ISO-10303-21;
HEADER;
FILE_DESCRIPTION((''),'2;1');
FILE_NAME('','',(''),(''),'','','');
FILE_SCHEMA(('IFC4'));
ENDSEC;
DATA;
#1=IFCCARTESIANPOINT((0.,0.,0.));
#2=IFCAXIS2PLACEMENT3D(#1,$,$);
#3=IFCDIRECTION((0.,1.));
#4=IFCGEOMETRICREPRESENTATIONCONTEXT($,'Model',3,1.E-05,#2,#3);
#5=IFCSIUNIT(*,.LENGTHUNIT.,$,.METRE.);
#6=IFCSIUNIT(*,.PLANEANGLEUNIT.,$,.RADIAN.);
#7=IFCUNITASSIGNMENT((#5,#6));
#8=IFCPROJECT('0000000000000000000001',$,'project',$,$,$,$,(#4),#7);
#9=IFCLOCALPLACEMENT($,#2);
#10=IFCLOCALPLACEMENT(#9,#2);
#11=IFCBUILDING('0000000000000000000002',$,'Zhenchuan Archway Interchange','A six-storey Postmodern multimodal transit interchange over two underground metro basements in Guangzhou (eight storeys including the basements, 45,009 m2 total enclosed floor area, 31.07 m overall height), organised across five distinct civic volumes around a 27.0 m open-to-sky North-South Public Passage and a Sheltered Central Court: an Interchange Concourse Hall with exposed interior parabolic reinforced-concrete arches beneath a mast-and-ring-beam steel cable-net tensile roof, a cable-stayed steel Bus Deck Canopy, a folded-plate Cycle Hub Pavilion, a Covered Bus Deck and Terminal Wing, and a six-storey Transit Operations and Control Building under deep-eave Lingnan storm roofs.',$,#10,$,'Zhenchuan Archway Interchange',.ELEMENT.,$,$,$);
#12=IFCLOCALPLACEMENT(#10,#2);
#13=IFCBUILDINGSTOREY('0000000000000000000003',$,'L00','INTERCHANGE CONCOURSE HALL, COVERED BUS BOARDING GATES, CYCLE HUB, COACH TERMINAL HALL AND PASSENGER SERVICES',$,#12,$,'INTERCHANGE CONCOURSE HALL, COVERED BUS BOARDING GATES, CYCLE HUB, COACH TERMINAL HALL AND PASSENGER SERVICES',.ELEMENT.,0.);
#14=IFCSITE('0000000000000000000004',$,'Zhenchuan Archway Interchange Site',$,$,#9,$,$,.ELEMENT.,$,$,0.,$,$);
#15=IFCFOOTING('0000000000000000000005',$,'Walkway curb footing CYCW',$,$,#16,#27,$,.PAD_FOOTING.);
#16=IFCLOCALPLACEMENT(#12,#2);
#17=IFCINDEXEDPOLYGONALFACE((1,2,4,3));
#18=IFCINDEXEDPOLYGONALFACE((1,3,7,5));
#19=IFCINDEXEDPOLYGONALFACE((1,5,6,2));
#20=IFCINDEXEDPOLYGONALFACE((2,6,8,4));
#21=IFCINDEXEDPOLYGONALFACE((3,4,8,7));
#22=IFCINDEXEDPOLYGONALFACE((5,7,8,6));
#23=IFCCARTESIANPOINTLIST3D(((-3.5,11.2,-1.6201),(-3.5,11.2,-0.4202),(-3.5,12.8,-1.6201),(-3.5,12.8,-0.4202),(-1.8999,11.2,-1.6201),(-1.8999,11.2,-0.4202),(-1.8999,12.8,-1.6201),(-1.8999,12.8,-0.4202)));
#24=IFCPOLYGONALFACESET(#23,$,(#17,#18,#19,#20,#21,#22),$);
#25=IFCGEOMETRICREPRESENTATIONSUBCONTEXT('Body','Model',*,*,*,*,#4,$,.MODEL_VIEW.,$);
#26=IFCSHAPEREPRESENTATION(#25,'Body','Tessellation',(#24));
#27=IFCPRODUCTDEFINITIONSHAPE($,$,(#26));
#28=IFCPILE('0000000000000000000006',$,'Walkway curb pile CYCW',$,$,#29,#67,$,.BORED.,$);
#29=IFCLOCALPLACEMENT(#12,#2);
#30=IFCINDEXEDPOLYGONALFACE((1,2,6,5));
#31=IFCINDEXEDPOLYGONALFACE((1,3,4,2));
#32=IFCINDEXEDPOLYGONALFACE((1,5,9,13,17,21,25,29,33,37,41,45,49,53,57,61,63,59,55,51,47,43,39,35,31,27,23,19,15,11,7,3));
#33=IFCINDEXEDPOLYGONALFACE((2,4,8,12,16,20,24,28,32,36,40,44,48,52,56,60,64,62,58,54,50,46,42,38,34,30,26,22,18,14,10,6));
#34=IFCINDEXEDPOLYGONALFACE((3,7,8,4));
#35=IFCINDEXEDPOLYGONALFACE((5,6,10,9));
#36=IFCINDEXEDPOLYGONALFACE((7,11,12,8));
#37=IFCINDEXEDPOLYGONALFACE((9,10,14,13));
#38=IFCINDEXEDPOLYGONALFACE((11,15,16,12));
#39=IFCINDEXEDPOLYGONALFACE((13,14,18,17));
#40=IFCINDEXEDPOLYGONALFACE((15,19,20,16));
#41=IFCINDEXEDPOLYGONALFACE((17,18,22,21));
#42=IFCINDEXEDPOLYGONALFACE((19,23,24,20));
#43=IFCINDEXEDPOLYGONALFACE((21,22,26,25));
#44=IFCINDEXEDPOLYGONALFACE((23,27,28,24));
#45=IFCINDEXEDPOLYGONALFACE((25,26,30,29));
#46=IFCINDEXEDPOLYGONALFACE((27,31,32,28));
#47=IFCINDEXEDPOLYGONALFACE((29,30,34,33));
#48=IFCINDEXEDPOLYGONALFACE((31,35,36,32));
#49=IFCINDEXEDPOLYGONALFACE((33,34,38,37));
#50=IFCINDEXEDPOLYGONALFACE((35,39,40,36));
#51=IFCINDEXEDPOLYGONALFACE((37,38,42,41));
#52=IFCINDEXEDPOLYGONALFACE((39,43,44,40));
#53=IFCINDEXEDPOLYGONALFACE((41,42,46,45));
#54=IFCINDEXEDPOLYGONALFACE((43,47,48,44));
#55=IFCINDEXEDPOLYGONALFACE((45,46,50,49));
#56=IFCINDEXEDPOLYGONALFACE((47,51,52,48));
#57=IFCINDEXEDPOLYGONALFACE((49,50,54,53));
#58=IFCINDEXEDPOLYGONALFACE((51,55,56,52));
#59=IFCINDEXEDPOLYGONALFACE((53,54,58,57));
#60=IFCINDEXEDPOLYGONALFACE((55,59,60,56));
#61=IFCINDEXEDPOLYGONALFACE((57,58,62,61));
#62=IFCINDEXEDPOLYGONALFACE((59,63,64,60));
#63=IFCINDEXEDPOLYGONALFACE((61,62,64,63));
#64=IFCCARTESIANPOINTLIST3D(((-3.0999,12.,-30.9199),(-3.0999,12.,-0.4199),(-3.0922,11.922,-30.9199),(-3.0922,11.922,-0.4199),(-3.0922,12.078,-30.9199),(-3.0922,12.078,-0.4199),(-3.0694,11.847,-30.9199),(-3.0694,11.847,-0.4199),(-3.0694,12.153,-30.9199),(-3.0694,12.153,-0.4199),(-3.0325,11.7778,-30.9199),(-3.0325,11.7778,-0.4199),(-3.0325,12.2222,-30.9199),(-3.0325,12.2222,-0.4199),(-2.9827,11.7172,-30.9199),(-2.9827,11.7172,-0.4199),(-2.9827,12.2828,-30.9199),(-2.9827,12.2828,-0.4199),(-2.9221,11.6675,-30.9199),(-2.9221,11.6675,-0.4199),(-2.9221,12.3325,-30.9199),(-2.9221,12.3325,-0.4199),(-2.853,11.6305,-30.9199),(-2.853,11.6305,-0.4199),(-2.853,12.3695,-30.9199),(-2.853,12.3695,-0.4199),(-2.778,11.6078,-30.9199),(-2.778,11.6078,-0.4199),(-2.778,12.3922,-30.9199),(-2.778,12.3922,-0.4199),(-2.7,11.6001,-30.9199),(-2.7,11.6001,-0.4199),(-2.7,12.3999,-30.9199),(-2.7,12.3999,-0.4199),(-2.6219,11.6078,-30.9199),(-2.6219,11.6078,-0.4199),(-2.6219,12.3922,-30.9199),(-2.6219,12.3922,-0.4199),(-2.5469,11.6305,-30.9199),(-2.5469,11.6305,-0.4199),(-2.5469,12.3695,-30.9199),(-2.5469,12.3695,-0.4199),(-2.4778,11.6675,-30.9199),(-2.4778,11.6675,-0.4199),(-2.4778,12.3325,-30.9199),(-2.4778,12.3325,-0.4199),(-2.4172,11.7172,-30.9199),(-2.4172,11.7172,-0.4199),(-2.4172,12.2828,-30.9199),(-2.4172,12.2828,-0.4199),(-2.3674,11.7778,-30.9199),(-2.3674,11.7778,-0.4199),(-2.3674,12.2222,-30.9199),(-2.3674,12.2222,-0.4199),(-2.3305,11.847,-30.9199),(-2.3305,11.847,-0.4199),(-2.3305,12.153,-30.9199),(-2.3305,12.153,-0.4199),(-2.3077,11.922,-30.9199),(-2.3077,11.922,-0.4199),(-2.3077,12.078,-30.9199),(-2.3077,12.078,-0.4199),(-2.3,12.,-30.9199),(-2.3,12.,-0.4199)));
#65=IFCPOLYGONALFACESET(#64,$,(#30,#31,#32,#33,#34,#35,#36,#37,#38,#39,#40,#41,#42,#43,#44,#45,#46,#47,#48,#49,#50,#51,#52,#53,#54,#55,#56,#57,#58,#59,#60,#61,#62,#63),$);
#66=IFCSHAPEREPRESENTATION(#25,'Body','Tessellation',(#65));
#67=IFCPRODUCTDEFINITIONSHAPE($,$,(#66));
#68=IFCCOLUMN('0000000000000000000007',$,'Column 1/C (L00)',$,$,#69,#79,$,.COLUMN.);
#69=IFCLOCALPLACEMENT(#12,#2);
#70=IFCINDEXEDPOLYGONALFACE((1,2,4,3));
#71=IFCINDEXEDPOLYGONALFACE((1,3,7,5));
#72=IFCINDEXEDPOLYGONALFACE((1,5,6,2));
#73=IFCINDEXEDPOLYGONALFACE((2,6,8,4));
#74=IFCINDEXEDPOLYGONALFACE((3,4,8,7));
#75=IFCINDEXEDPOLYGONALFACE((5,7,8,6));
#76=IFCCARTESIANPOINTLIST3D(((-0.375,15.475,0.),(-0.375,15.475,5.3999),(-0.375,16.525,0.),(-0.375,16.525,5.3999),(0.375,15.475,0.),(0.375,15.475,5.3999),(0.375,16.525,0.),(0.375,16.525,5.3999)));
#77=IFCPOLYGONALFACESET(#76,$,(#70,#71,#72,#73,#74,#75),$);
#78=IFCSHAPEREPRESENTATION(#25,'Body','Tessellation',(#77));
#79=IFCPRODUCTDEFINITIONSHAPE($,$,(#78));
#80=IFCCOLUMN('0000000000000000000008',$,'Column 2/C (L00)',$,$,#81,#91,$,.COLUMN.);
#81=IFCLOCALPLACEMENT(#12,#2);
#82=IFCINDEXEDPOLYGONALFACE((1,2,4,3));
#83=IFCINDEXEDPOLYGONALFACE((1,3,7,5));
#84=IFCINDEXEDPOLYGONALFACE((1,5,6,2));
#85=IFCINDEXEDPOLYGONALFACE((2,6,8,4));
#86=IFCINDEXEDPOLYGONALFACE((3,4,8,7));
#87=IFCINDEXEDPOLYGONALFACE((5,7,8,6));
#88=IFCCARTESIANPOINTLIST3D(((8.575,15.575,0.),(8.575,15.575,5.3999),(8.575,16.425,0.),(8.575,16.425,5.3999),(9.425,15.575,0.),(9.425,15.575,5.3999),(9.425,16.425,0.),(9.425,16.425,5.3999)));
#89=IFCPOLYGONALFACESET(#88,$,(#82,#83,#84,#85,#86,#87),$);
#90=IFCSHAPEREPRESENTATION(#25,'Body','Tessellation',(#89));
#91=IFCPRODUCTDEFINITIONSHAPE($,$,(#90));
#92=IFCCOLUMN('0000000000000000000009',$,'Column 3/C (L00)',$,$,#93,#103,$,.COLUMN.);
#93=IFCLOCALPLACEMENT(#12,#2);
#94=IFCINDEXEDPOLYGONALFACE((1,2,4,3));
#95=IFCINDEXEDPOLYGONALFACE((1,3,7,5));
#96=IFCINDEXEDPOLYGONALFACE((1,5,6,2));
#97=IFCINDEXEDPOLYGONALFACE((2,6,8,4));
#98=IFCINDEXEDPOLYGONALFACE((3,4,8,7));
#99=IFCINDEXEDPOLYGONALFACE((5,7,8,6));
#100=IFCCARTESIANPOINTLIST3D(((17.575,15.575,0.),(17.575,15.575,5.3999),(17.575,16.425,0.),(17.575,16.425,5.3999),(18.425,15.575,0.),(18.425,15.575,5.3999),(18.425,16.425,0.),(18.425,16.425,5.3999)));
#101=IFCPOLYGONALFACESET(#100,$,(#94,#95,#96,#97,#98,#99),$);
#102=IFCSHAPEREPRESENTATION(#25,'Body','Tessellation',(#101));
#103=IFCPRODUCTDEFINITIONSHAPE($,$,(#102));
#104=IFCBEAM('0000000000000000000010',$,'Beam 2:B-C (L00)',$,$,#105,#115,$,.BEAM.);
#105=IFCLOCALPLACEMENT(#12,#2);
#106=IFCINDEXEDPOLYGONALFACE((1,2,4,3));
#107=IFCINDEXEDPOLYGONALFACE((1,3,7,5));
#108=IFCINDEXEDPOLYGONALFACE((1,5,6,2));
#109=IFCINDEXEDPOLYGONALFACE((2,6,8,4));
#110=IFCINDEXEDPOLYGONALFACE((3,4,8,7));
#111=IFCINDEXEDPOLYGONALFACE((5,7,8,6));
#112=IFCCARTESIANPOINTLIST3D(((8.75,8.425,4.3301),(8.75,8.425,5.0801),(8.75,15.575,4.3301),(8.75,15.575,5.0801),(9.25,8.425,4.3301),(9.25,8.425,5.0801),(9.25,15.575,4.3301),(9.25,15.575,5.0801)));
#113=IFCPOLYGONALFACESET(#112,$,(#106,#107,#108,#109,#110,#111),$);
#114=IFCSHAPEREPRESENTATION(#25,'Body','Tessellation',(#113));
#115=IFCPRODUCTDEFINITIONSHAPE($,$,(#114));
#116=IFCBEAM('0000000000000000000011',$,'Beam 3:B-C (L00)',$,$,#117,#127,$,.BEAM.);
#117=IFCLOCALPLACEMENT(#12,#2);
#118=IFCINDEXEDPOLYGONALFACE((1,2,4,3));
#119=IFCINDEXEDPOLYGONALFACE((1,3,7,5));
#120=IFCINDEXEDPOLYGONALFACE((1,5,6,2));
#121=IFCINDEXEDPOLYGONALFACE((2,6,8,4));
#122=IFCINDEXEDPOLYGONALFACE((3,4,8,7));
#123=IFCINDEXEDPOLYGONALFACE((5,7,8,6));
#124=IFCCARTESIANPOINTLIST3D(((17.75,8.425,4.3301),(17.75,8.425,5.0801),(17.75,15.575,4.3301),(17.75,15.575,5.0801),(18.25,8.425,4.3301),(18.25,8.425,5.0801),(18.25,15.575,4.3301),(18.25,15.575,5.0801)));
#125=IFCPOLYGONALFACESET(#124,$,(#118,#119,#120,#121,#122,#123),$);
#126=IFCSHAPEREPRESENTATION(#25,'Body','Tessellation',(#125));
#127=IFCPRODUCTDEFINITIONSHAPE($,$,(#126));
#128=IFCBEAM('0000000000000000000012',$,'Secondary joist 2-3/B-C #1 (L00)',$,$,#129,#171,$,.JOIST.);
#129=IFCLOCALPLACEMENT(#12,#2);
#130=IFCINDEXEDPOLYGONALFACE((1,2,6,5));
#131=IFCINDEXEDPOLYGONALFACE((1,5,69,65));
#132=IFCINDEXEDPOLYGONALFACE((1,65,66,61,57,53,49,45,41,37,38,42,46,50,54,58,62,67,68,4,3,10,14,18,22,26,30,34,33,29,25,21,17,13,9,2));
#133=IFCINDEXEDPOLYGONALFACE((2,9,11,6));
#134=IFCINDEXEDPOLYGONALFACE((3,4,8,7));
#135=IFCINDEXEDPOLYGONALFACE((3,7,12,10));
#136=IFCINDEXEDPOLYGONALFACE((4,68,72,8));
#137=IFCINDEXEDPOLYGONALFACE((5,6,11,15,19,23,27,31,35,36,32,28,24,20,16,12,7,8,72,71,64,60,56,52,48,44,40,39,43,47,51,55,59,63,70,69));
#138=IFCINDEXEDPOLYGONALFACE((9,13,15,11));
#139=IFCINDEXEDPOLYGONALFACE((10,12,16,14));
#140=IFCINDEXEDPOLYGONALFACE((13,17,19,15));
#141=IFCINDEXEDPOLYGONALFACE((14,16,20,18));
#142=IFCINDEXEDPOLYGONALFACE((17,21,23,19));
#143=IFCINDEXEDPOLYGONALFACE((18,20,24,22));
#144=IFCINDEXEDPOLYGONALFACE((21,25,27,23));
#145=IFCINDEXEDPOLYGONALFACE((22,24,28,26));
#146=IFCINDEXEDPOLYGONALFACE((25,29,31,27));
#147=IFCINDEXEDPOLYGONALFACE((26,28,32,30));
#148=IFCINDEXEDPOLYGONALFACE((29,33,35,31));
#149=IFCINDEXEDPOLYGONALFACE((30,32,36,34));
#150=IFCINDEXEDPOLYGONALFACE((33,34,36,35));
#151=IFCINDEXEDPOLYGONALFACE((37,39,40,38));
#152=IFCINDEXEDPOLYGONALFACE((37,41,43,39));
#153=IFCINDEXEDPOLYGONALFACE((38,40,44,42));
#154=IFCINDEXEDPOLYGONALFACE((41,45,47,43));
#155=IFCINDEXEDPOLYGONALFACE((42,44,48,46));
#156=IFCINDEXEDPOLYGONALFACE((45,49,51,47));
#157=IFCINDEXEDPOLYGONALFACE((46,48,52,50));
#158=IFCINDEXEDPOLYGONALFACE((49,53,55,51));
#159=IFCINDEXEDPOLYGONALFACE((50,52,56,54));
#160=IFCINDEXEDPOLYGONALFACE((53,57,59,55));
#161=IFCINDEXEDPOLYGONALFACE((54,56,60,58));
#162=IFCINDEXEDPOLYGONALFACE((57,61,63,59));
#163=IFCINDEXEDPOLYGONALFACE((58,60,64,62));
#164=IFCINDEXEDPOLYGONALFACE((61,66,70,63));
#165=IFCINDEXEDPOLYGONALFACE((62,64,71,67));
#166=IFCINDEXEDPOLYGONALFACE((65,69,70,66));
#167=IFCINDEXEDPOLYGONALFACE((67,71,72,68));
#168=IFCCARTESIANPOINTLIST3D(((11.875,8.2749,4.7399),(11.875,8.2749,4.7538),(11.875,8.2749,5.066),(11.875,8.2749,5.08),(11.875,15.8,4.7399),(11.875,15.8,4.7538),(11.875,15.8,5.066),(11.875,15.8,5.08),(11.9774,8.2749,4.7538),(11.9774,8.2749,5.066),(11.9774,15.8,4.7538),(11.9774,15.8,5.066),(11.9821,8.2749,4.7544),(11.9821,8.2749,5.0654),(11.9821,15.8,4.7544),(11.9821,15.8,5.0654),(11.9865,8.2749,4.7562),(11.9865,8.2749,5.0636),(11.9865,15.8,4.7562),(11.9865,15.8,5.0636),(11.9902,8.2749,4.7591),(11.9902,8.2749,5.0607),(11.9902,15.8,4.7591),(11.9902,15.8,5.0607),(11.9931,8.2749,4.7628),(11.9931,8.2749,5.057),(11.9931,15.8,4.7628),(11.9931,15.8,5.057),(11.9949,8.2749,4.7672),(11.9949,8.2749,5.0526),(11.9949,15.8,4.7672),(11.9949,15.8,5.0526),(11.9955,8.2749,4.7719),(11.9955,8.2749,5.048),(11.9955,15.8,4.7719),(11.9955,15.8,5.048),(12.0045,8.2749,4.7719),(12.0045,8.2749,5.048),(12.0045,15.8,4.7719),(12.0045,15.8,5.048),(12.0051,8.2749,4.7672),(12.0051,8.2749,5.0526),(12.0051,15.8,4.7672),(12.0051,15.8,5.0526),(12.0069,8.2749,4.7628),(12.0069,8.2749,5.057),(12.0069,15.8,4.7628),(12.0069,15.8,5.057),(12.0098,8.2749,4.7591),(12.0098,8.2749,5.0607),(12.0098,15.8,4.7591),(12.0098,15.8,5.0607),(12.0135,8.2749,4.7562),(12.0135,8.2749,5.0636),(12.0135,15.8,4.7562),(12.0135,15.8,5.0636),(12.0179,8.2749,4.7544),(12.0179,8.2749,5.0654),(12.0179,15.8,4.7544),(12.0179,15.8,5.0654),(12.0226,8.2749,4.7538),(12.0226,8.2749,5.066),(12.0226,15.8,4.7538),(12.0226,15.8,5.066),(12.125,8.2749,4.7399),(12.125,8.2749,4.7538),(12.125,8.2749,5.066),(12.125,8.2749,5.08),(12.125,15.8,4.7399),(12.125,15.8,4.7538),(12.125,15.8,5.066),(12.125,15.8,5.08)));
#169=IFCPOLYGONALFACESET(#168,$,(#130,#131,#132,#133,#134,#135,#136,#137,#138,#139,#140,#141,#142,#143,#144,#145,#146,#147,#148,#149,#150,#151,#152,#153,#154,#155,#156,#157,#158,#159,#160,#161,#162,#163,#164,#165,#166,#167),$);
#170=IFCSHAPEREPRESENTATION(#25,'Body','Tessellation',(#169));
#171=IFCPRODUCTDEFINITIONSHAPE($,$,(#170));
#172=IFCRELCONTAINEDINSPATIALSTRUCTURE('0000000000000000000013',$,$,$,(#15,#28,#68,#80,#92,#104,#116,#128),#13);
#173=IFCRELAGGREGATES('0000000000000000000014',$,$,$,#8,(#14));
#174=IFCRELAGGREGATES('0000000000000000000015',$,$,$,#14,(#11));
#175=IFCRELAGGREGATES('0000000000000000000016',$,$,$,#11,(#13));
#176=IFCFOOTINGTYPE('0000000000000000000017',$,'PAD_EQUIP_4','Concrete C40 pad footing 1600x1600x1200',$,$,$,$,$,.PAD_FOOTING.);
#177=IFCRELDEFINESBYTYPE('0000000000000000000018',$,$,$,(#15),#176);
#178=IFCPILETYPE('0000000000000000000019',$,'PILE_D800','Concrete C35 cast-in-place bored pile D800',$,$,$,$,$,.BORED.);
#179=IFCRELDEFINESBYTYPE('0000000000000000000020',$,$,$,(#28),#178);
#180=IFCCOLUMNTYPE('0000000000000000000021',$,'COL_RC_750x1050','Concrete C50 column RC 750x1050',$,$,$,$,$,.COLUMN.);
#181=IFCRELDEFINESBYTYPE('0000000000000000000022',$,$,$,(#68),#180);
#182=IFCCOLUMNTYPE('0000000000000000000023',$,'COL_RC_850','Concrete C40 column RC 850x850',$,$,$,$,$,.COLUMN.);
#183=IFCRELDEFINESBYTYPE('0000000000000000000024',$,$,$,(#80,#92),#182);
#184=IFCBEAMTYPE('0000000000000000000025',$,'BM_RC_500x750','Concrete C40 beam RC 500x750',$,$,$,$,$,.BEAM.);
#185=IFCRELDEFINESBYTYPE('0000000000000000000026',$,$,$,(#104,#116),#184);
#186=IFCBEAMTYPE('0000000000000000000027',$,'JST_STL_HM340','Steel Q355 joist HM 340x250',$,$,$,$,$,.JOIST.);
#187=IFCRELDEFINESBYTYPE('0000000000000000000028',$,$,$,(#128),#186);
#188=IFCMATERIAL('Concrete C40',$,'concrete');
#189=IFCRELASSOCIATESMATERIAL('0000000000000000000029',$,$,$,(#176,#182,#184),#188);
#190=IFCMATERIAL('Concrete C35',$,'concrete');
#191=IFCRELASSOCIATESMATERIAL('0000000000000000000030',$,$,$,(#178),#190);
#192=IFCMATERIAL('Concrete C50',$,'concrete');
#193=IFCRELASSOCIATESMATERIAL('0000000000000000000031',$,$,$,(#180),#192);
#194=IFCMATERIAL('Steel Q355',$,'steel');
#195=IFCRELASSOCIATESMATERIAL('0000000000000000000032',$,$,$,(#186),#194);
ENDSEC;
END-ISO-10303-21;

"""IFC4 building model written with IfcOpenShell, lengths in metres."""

from ifc_helpers import new_model, si_unit, direction, frame, origin, origin_2d, place, context, subcontext, project, spatial, rectangle, circle, i_section, extrude, material, material_profile, profile_set, type_object, element, save


model = new_model("IFC4")

# Units and contexts
model_context = context("Model", 3, precision=1e-05, world=origin(), true_north=direction((0.0, 1.0)))
body_context = subcontext(model_context, "Body", "Model", "MODEL_VIEW")
ifc_project = project(units=[si_unit("LENGTHUNIT", "METRE"), si_unit("PLANEANGLEUNIT", "RADIAN")], contexts=[model_context])

# Site, building, storey
site_placement = place(None, origin())
site = spatial("IfcSite", under=ifc_project, at=site_placement, Name="Zhenchuan Archway Interchange Site", CompositionType="ELEMENT", RefElevation=0.0)
building_placement = place(site_placement, origin())
building = spatial("IfcBuilding", under=site, at=building_placement, Name="Zhenchuan Archway Interchange", Description="A six-storey Postmodern multimodal transit interchange over two underground metro basements in Guangzhou (eight storeys including the basements, 45,009 m2 total enclosed floor area, 31.07 m overall height), organised across five distinct civic volumes around a 27.0 m open-to-sky North-South Public Passage and a Sheltered Central Court: an Interchange Concourse Hall with exposed interior parabolic reinforced-concrete arches beneath a mast-and-ring-beam steel cable-net tensile roof, a cable-stayed steel Bus Deck Canopy, a folded-plate Cycle Hub Pavilion, a Covered Bus Deck and Terminal Wing, and a six-storey Transit Operations and Control Building under deep-eave Lingnan storm roofs.", LongName="Zhenchuan Archway Interchange", CompositionType="ELEMENT")
storey_placement = place(building_placement, origin())
storey = spatial("IfcBuildingStorey", under=building, at=storey_placement, Name="L00", Description="INTERCHANGE CONCOURSE HALL, COVERED BUS BOARDING GATES, CYCLE HUB, COACH TERMINAL HALL AND PASSENGER SERVICES", LongName="INTERCHANGE CONCOURSE HALL, COVERED BUS BOARDING GATES, CYCLE HUB, COACH TERMINAL HALL AND PASSENGER SERVICES", CompositionType="ELEMENT", Elevation=0.0)

# Footing
ifc_material_1 = material(Name="Concrete C40", Category="concrete")
footing_type = type_object("IfcFootingType", Name="PAD_EQUIP_4", Description="Concrete C40 pad footing 1600x1600x1200", PredefinedType="PAD_FOOTING", material=ifc_material_1)
footing_placement = place(storey_placement, frame((-2.7, 12.0, -1.6201), z_axis=(0.0, 0.0, 1.0), x_axis=(1.0, 0.0, 0.0)))
element("IfcFooting", 1, at=footing_placement, inside=storey, type_object=footing_type, Name="Walkway curb footing CYCW", PredefinedType="PAD_FOOTING", context=body_context, shape_type="SweptSolid", body=[
    extrude(rectangle(XDim=1.6001, YDim=1.6001, at=origin_2d()), origin(), (0.0, 0.0, 1.0), 1.2),
])

# Pile
ifc_material_2 = material(Name="Concrete C35", Category="concrete")
ifc_material_profile_1 = material_profile(ifc_material_2, circle(Radius=0.3999, at=origin_2d()), Name="BORED PILE 800")
ifc_profile_set_1 = profile_set([ifc_material_profile_1], Name="Concrete C35")
pile_type = type_object("IfcPileType", Name="PILE_D800", Description="Concrete C35 cast-in-place bored pile D800", PredefinedType="BORED", material=ifc_profile_set_1)
pile_placement = place(storey_placement, frame((-2.7, 12.0, -0.4199), z_axis=(0.0, 0.0, -1.0), x_axis=(1.0, 0.0, 0.0)))
element("IfcPile", 2, at=pile_placement, inside=storey, type_object=pile_type, Name="Walkway curb pile CYCW", PredefinedType="BORED", context=body_context, shape_type="SweptSolid", body=[
    extrude(circle(Radius=0.3999, at=origin_2d()), origin(), (0.0, 0.0, 1.0), 30.5),
])

# Columns
ifc_material_3 = material(Name="Concrete C50", Category="concrete")
ifc_material_profile_2 = material_profile(ifc_material_3, rectangle(XDim=0.75, YDim=1.05, at=origin_2d()), Name="RC 750x1050")
ifc_profile_set_2 = profile_set([ifc_material_profile_2], Name="Concrete C50")
column_type_1 = type_object("IfcColumnType", Name="COL_RC_750x1050", Description="Concrete C50 column RC 750x1050", PredefinedType="COLUMN", material=ifc_profile_set_2)
column_placement = place(storey_placement, frame((0.0, 16.0, 0.0), z_axis=(0.0, 0.0, 1.0), x_axis=(1.0, 0.0, 0.0)))
element("IfcColumn", 3, at=column_placement, inside=storey, type_object=column_type_1, Name="Column 1/C (L00)", PredefinedType="COLUMN", context=body_context, shape_type="SweptSolid", body=[
    extrude(rectangle(XDim=0.75, YDim=1.05, at=origin_2d()), origin(), (0.0, 0.0, 1.0), 5.3999),
])
ifc_material_profile_3 = material_profile(ifc_material_1, rectangle(XDim=0.8501, YDim=0.8501, at=origin_2d()), Name="RC 850x850")
ifc_profile_set_3 = profile_set([ifc_material_profile_3], Name="Concrete C40")
column_type_2 = type_object("IfcColumnType", Name="COL_RC_850", Description="Concrete C40 column RC 850x850", PredefinedType="COLUMN", material=ifc_profile_set_3)
for number, where, z_axis, x_axis, name in (
    (4, (9.0, 16.0, 0.0), (0.0, 0.0, 1.0), (1.0, 0.0, 0.0), "Column 2/C (L00)"),
    (5, (18.0, 16.0, 0.0), (0.0, 0.0, 1.0), (1.0, 0.0, 0.0), "Column 3/C (L00)"),
):
    element("IfcColumn", number, at=place(storey_placement, frame(where, z_axis=z_axis, x_axis=x_axis)), inside=storey, type_object=column_type_2, Name=name, PredefinedType="COLUMN", context=body_context, shape_type="SweptSolid", body=[
        extrude(rectangle(XDim=0.8501, YDim=0.8501, at=origin_2d()), origin(), (0.0, 0.0, 1.0), 5.3999),
    ])

# Beams
ifc_material_profile_4 = material_profile(ifc_material_1, rectangle(XDim=0.5, YDim=0.75, at=origin_2d()), Name="RC 500x750")
ifc_profile_set_4 = profile_set([ifc_material_profile_4], Name="Concrete C40")
beam_type_1 = type_object("IfcBeamType", Name="BM_RC_500x750", Description="Concrete C40 beam RC 500x750", PredefinedType="BEAM", material=ifc_profile_set_4)
for number, where, z_axis, x_axis, name in (
    (6, (9.0, 8.425, 4.7051), (0.0, 1.0, 0.0), (-1.0, 0.0, 0.0), "Beam 2:B-C (L00)"),
    (7, (18.0, 8.425, 4.7051), (0.0, 1.0, 0.0), (-1.0, 0.0, 0.0), "Beam 3:B-C (L00)"),
):
    element("IfcBeam", number, at=place(storey_placement, frame(where, z_axis=z_axis, x_axis=x_axis)), inside=storey, type_object=beam_type_1, Name=name, PredefinedType="BEAM", context=body_context, shape_type="SweptSolid", body=[
        extrude(rectangle(XDim=0.5, YDim=0.75, at=origin_2d()), origin(), (0.0, 0.0, 1.0), 7.1499),
    ])
ifc_material_4 = material(Name="Steel Q355", Category="steel")
ifc_material_profile_5 = material_profile(ifc_material_4, i_section(OverallWidth=0.25, OverallDepth=0.3401, WebThickness=0.009, FlangeThickness=0.0139, FilletRadius=0.0181, at=origin_2d()), Name="HM 340x250")
ifc_profile_set_5 = profile_set([ifc_material_profile_5], Name="Steel Q355")
beam_type_2 = type_object("IfcBeamType", Name="JST_STL_HM340", Description="Steel Q355 joist HM 340x250", PredefinedType="JOIST", material=ifc_profile_set_5)
for number, where, z_axis, x_axis, name in (
    (8, (12.0, 8.2749, 4.9099), (0.0, 1.0, 0.0), (-1.0, 0.0, 0.0), "Secondary joist 2-3/B-C #1 (L00)"),
):
    element("IfcBeam", number, at=place(storey_placement, frame(where, z_axis=z_axis, x_axis=x_axis)), inside=storey, type_object=beam_type_2, Name=name, PredefinedType="JOIST", context=body_context, shape_type="SweptSolid", body=[
        extrude(i_section(OverallWidth=0.25, OverallDepth=0.3401, WebThickness=0.009, FlangeThickness=0.0139, FilletRadius=0.0181, at=origin_2d()), origin(), (0.0, 0.0, 1.0), 7.5251),
    ])

save(model, "model.ifc")
